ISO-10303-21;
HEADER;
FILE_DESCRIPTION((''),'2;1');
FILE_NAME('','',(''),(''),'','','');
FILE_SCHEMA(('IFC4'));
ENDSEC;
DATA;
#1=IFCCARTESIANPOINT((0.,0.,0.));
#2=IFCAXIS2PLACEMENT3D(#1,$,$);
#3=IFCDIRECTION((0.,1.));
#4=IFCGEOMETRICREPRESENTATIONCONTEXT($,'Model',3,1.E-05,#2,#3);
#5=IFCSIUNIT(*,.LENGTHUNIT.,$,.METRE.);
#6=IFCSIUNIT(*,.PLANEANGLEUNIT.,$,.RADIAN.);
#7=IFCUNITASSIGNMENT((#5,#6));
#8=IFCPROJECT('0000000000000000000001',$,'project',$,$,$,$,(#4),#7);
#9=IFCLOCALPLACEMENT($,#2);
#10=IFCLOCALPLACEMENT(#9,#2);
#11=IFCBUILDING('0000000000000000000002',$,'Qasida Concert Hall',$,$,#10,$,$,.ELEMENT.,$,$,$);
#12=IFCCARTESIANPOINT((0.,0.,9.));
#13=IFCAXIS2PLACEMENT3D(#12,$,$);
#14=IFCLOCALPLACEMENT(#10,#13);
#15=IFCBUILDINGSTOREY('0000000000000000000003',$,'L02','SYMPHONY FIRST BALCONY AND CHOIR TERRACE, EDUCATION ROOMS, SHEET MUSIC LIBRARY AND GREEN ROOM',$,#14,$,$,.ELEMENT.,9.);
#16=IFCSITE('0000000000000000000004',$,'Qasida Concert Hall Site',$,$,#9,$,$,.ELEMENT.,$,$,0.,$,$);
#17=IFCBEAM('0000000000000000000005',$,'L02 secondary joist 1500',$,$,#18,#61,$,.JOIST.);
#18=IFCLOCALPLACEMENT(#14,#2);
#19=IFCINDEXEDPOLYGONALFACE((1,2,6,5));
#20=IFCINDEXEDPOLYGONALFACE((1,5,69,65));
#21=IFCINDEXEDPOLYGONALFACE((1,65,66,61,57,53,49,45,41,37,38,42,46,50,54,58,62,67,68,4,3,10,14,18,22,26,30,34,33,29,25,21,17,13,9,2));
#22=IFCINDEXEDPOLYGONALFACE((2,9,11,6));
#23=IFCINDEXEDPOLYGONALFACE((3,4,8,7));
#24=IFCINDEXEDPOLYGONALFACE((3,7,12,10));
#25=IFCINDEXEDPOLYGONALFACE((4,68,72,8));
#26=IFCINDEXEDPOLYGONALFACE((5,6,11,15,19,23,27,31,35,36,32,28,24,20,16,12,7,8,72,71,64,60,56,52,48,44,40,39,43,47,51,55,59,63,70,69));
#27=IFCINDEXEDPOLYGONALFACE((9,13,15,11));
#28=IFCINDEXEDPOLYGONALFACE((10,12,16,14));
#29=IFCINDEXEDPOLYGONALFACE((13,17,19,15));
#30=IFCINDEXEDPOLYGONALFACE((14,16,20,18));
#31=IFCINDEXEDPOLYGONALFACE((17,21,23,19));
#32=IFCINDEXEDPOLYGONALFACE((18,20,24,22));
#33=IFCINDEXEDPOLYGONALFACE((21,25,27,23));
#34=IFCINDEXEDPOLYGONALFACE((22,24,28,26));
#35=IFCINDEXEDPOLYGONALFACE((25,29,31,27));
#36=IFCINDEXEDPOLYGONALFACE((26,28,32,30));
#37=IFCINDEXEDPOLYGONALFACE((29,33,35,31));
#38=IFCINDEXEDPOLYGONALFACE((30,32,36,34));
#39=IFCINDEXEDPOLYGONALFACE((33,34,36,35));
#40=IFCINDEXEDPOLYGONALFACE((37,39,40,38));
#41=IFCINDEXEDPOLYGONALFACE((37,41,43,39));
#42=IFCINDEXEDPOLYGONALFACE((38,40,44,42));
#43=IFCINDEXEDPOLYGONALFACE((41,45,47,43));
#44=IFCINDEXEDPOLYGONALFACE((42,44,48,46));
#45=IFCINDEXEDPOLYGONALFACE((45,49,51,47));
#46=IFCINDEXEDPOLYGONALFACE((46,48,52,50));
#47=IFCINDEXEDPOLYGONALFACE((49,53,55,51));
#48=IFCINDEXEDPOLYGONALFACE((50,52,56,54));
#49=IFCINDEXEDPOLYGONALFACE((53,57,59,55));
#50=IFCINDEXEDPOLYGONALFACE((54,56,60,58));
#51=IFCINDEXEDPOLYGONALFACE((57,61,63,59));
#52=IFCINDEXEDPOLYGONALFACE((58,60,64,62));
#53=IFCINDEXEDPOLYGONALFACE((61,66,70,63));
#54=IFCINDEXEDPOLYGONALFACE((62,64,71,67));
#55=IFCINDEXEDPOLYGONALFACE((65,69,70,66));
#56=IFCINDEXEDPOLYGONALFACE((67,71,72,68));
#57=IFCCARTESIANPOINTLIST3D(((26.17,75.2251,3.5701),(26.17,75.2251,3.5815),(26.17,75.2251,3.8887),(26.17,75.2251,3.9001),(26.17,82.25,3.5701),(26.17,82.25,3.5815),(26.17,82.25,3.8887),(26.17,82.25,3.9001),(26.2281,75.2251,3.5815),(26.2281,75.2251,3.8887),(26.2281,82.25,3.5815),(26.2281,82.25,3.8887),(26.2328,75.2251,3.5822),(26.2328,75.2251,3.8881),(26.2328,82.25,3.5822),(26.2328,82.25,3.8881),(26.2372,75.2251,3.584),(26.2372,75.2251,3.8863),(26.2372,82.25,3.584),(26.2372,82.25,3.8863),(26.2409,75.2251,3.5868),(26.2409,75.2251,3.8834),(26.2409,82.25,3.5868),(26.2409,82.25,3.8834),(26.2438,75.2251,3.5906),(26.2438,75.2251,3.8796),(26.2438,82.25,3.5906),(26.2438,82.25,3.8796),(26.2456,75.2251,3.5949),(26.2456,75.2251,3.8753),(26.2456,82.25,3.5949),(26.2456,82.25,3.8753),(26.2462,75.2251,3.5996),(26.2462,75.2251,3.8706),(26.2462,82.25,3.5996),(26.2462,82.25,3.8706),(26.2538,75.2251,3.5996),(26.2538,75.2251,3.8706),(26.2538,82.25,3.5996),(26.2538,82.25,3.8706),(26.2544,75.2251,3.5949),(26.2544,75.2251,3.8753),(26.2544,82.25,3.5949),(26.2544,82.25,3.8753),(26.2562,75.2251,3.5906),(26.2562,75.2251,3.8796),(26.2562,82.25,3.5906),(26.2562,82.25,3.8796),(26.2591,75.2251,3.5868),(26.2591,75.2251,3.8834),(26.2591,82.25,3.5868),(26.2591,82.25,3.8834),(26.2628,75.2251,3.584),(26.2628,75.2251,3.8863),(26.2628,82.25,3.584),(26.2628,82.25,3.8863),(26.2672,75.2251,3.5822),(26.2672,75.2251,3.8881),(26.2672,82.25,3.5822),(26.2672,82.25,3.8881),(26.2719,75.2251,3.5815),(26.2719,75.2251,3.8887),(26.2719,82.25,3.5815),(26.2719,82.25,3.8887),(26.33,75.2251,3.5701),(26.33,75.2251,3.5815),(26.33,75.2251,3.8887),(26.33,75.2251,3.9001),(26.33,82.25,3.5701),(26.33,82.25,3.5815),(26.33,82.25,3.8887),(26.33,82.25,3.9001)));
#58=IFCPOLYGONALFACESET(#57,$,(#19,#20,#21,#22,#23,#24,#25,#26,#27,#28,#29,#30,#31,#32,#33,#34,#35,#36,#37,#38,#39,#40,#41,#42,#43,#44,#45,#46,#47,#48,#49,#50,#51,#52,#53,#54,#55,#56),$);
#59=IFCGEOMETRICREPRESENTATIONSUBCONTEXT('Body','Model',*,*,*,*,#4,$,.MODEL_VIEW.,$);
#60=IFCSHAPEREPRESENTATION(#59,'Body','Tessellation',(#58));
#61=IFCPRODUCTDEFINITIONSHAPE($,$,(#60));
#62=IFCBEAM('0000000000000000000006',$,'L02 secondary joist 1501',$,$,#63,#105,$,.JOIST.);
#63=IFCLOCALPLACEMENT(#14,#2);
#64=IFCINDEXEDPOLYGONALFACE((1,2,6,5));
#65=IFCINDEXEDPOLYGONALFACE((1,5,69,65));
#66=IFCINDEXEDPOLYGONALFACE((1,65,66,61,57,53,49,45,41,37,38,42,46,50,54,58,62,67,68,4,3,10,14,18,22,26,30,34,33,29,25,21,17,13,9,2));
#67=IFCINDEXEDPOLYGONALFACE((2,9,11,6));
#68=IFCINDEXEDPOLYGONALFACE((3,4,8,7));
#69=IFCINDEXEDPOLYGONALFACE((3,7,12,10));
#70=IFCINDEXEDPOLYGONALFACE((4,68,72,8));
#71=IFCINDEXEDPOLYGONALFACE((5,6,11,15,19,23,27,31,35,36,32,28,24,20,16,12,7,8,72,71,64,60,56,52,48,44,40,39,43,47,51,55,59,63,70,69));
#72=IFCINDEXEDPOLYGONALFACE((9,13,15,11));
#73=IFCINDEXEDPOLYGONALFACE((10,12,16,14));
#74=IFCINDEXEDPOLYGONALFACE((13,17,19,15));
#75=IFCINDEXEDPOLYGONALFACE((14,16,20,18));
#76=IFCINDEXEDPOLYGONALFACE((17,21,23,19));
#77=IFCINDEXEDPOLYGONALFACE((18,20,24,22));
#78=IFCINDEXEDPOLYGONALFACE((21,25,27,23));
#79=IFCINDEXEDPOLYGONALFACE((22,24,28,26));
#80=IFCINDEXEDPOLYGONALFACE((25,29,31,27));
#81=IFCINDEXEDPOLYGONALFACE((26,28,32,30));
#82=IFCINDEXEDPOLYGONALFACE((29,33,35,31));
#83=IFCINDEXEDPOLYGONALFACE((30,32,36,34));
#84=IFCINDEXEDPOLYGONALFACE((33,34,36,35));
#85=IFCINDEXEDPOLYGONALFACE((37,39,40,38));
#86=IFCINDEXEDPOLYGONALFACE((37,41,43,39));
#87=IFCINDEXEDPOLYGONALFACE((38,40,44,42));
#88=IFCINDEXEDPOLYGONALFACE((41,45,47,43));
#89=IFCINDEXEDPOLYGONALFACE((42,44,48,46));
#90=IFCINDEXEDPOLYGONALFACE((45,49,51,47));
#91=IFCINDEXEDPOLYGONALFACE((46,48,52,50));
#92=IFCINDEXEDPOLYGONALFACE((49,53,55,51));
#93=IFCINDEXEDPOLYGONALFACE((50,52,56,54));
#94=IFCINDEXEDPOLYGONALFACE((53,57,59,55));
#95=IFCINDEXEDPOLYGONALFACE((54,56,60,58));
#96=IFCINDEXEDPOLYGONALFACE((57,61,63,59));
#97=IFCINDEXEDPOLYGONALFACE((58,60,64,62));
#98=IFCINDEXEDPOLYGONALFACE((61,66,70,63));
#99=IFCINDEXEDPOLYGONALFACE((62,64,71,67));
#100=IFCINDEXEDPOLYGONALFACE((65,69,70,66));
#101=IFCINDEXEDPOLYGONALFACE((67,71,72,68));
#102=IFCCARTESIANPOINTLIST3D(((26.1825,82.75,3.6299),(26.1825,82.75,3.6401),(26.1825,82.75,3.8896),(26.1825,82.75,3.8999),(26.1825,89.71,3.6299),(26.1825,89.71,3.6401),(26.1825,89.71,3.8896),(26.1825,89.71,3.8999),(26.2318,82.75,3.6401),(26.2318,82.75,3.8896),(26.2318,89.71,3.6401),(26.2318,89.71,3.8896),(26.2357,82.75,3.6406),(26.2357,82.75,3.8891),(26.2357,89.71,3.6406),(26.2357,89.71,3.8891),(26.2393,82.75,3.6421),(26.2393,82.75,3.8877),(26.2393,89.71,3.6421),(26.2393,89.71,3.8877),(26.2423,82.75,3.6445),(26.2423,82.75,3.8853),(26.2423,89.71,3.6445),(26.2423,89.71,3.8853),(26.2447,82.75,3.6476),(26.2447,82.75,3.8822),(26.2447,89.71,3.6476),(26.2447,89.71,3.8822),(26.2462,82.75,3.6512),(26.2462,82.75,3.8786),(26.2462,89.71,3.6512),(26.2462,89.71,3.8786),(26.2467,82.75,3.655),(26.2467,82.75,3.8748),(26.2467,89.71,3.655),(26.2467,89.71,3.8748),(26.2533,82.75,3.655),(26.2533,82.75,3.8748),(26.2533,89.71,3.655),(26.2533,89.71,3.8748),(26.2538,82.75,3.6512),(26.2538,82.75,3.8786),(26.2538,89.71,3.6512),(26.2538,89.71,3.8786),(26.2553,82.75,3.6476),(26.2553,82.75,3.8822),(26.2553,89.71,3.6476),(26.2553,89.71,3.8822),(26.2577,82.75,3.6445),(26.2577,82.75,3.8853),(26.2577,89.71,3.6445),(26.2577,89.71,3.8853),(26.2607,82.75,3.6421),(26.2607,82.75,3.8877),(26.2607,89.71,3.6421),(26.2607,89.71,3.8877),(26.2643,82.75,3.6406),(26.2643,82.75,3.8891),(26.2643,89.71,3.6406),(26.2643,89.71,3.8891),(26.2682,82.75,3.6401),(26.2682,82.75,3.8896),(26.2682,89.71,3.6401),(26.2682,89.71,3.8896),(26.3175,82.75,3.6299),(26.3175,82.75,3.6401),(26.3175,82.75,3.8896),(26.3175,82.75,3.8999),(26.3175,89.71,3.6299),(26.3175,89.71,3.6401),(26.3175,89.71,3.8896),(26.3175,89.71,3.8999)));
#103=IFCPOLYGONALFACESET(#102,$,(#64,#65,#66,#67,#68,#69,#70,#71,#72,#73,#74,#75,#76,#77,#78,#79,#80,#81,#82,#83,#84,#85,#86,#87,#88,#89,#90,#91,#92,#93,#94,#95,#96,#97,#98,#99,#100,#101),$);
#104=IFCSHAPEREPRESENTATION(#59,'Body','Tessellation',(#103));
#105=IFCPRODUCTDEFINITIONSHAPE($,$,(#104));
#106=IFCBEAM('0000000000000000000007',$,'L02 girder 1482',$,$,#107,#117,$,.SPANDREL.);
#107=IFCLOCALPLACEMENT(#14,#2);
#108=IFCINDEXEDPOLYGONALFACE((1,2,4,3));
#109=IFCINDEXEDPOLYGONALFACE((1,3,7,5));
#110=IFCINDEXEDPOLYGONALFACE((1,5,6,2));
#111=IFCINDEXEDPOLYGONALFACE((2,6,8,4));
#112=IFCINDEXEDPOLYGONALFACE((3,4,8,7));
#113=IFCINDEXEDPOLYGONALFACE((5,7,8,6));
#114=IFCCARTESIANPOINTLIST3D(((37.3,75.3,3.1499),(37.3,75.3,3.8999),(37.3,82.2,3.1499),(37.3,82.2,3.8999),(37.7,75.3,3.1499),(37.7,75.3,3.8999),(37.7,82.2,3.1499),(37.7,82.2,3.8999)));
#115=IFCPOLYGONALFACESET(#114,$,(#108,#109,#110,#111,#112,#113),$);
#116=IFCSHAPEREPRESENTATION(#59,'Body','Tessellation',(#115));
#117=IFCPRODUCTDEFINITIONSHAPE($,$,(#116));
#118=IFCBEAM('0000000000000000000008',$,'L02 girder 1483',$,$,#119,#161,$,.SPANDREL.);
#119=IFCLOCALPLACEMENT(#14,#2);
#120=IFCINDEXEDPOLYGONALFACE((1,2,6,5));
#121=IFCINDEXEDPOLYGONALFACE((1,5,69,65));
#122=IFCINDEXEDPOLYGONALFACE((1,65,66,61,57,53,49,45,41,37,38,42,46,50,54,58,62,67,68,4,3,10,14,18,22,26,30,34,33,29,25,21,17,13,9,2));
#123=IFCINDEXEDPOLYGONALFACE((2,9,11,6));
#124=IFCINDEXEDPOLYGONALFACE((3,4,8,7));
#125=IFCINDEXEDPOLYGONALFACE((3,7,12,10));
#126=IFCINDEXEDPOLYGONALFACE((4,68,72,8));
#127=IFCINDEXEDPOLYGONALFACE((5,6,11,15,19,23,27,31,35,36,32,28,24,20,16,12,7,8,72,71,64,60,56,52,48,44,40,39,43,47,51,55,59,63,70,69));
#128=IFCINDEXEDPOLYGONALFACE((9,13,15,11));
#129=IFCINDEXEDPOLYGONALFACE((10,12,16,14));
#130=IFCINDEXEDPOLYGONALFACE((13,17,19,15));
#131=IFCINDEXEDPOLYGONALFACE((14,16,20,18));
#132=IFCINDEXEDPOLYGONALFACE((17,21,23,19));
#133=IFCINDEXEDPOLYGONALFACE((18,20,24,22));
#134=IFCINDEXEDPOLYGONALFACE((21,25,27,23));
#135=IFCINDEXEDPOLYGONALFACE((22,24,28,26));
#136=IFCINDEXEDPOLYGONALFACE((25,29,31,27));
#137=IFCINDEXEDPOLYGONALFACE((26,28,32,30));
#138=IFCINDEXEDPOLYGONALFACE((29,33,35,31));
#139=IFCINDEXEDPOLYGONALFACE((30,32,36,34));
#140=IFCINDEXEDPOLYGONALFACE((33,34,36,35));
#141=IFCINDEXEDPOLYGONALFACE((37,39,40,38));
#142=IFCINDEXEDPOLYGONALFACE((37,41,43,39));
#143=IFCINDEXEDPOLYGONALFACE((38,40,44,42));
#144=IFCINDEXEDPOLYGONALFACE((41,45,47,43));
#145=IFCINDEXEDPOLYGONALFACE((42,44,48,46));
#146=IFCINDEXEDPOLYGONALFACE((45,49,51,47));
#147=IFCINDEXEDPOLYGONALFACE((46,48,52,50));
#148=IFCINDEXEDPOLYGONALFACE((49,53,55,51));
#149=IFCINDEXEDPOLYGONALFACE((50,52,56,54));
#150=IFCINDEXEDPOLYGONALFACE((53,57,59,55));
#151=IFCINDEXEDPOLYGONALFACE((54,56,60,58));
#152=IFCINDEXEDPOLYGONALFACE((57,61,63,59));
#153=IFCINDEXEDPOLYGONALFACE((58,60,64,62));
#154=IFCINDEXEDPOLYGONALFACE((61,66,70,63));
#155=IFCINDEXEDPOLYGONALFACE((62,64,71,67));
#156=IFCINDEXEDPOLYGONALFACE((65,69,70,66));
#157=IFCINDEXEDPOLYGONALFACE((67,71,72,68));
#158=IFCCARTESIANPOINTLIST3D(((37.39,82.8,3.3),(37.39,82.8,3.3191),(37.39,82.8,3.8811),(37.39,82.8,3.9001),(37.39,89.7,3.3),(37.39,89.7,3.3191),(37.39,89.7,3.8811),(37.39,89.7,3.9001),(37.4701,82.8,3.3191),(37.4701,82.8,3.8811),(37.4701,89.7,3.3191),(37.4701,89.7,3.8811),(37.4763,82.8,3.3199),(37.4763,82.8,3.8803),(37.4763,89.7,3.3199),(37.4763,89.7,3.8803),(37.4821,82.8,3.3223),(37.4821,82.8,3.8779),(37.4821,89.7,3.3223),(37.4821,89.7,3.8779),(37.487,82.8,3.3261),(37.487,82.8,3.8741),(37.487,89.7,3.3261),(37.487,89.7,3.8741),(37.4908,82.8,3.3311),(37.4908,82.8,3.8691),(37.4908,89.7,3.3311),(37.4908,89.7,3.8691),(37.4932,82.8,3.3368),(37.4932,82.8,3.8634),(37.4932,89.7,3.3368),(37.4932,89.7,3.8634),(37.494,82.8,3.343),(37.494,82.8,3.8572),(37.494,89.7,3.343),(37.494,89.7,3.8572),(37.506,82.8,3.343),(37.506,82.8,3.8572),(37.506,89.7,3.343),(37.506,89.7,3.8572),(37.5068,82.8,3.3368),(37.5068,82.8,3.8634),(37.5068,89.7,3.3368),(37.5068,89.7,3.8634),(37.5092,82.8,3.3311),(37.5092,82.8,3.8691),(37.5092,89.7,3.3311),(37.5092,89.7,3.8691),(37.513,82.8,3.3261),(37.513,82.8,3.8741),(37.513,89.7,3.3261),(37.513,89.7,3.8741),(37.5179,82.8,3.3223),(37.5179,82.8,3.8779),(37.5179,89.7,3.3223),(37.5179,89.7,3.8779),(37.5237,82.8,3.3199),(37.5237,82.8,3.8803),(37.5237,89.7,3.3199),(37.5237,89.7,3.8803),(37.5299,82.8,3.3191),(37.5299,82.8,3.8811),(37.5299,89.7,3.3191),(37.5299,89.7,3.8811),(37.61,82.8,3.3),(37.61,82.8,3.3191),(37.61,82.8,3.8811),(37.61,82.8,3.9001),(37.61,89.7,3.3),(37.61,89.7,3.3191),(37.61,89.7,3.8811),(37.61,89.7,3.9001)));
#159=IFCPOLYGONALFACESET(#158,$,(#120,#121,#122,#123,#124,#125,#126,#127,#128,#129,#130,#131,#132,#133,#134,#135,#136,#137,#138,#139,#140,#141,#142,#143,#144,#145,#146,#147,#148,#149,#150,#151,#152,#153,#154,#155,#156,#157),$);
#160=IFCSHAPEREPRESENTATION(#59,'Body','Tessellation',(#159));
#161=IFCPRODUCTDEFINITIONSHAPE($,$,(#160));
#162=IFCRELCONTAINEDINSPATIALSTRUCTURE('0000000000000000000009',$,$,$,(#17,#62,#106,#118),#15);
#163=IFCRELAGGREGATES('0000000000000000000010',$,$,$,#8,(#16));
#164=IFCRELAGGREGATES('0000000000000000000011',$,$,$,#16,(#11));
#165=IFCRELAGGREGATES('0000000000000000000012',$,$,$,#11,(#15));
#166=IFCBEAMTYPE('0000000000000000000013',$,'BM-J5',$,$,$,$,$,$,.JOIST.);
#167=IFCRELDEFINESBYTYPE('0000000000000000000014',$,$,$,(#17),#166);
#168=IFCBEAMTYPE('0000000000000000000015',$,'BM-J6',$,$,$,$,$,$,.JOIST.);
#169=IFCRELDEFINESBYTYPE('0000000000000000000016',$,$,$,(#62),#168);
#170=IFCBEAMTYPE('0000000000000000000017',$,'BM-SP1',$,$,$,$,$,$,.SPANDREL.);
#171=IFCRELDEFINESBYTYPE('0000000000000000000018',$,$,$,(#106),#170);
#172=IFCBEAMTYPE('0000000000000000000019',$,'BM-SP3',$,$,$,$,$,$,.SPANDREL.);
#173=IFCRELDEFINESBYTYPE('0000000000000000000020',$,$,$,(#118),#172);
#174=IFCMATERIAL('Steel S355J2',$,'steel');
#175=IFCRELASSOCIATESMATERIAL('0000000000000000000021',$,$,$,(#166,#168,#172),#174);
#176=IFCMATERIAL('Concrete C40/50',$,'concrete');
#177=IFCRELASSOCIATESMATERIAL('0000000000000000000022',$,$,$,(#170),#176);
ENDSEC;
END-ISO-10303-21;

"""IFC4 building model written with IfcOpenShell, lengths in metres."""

from ifc_helpers import new_model, si_unit, direction, frame, origin, origin_2d, place, context, subcontext, project, spatial, rectangle, i_section, extrude, material, material_profile, profile_set, type_object, element, save


model = new_model("IFC4")

# Units and contexts
model_context = context("Model", 3, precision=1e-05, world=origin(), true_north=direction((0.0, 1.0)))
body_context = subcontext(model_context, "Body", "Model", "MODEL_VIEW")
ifc_project = project(units=[si_unit("LENGTHUNIT", "METRE"), si_unit("PLANEANGLEUNIT", "RADIAN")], contexts=[model_context])

# Site, building, storey
site_placement = place(None, origin())
site = spatial("IfcSite", under=ifc_project, at=site_placement, Name="Qasida Concert Hall Site", CompositionType="ELEMENT", RefElevation=0.0)
building_placement = place(site_placement, origin())
building = spatial("IfcBuilding", under=site, at=building_placement, Name="Qasida Concert Hall", CompositionType="ELEMENT")
storey_placement = place(building_placement, frame((0.0, 0.0, 9.0)))
storey = spatial("IfcBuildingStorey", under=building, at=storey_placement, Name="L02", Description="SYMPHONY FIRST BALCONY AND CHOIR TERRACE, EDUCATION ROOMS, SHEET MUSIC LIBRARY AND GREEN ROOM", CompositionType="ELEMENT", Elevation=9.0)

# Beams
ifc_material_1 = material(Name="Concrete C40/50", Category="concrete")
ifc_material_2 = material(Name="Steel S355J2", Category="steel")
ifc_material_profile_1 = material_profile(ifc_material_2, i_section(OverallWidth=0.1599, OverallDepth=0.3301, WebThickness=0.0076, FlangeThickness=0.0115, FilletRadius=0.0181, at=origin_2d()), Name="IPE 330")
ifc_profile_set_1 = profile_set([ifc_material_profile_1], Name="Steel S355J2")
beam_type_1 = type_object("IfcBeamType", Name="BM-J5", PredefinedType="JOIST", material=ifc_profile_set_1)
beam_1_placement = place(storey_placement, frame((26.25, 75.2251, 3.7351), z_axis=(0.0, 1.0, 0.0), x_axis=(-1.0, 0.0, 0.0)))
element("IfcBeam", 1, at=beam_1_placement, inside=storey, type_object=beam_type_1, Name="L02 secondary joist 1500", PredefinedType="JOIST", context=body_context, shape_type="SweptSolid", body=[
    extrude(i_section(OverallWidth=0.1599, OverallDepth=0.3301, WebThickness=0.0076, FlangeThickness=0.0115, FilletRadius=0.0181, at=origin_2d()), origin(), (0.0, 0.0, 1.0), 7.0249),
])
ifc_material_profile_2 = material_profile(ifc_material_2, i_section(OverallWidth=0.135, OverallDepth=0.27, WebThickness=0.0066, FlangeThickness=0.0103, FilletRadius=0.0149, at=origin_2d()), Name="IPE 270")
ifc_profile_set_2 = profile_set([ifc_material_profile_2], Name="Steel S355J2")
beam_type_2 = type_object("IfcBeamType", Name="BM-J6", PredefinedType="JOIST", material=ifc_profile_set_2)
beam_2_placement = place(storey_placement, frame((26.25, 82.75, 3.7649), z_axis=(0.0, 1.0, 0.0), x_axis=(-1.0, 0.0, 0.0)))
element("IfcBeam", 2, at=beam_2_placement, inside=storey, type_object=beam_type_2, Name="L02 secondary joist 1501", PredefinedType="JOIST", context=body_context, shape_type="SweptSolid", body=[
    extrude(i_section(OverallWidth=0.135, OverallDepth=0.27, WebThickness=0.0066, FlangeThickness=0.0103, FilletRadius=0.0149, at=origin_2d()), origin(), (0.0, 0.0, 1.0), 6.96),
])
ifc_material_profile_3 = material_profile(ifc_material_1, rectangle(XDim=0.3999, YDim=0.75, at=origin_2d()), Name="RC 400x750")
ifc_profile_set_3 = profile_set([ifc_material_profile_3], Name="Concrete C40/50")
beam_type_3 = type_object("IfcBeamType", Name="BM-SP1", PredefinedType="SPANDREL", material=ifc_profile_set_3)
beam_3_placement = place(storey_placement, frame((37.5, 75.3, 3.5249), z_axis=(0.0, 1.0, 0.0), x_axis=(-1.0, 0.0, 0.0)))
element("IfcBeam", 3, at=beam_3_placement, inside=storey, type_object=beam_type_3, Name="L02 girder 1482", PredefinedType="SPANDREL", context=body_context, shape_type="SweptSolid", body=[
    extrude(rectangle(XDim=0.3999, YDim=0.75, at=origin_2d()), origin(), (0.0, 0.0, 1.0), 6.8999),
])
ifc_material_profile_4 = material_profile(ifc_material_2, i_section(OverallWidth=0.22, OverallDepth=0.6001, WebThickness=0.012, FlangeThickness=0.019, FilletRadius=0.0239, at=origin_2d()), Name="IPE 600")
ifc_profile_set_4 = profile_set([ifc_material_profile_4], Name="Steel S355J2")
beam_type_4 = type_object("IfcBeamType", Name="BM-SP3", PredefinedType="SPANDREL", material=ifc_profile_set_4)
beam_4_placement = place(storey_placement, frame((37.5, 82.8, 3.6001), z_axis=(0.0, 1.0, 0.0), x_axis=(-1.0, 0.0, 0.0)))
element("IfcBeam", 4, at=beam_4_placement, inside=storey, type_object=beam_type_4, Name="L02 girder 1483", PredefinedType="SPANDREL", context=body_context, shape_type="SweptSolid", body=[
    extrude(i_section(OverallWidth=0.22, OverallDepth=0.6001, WebThickness=0.012, FlangeThickness=0.019, FilletRadius=0.0239, at=origin_2d()), origin(), (0.0, 0.0, 1.0), 6.8999),
])

save(model, "model.ifc")
